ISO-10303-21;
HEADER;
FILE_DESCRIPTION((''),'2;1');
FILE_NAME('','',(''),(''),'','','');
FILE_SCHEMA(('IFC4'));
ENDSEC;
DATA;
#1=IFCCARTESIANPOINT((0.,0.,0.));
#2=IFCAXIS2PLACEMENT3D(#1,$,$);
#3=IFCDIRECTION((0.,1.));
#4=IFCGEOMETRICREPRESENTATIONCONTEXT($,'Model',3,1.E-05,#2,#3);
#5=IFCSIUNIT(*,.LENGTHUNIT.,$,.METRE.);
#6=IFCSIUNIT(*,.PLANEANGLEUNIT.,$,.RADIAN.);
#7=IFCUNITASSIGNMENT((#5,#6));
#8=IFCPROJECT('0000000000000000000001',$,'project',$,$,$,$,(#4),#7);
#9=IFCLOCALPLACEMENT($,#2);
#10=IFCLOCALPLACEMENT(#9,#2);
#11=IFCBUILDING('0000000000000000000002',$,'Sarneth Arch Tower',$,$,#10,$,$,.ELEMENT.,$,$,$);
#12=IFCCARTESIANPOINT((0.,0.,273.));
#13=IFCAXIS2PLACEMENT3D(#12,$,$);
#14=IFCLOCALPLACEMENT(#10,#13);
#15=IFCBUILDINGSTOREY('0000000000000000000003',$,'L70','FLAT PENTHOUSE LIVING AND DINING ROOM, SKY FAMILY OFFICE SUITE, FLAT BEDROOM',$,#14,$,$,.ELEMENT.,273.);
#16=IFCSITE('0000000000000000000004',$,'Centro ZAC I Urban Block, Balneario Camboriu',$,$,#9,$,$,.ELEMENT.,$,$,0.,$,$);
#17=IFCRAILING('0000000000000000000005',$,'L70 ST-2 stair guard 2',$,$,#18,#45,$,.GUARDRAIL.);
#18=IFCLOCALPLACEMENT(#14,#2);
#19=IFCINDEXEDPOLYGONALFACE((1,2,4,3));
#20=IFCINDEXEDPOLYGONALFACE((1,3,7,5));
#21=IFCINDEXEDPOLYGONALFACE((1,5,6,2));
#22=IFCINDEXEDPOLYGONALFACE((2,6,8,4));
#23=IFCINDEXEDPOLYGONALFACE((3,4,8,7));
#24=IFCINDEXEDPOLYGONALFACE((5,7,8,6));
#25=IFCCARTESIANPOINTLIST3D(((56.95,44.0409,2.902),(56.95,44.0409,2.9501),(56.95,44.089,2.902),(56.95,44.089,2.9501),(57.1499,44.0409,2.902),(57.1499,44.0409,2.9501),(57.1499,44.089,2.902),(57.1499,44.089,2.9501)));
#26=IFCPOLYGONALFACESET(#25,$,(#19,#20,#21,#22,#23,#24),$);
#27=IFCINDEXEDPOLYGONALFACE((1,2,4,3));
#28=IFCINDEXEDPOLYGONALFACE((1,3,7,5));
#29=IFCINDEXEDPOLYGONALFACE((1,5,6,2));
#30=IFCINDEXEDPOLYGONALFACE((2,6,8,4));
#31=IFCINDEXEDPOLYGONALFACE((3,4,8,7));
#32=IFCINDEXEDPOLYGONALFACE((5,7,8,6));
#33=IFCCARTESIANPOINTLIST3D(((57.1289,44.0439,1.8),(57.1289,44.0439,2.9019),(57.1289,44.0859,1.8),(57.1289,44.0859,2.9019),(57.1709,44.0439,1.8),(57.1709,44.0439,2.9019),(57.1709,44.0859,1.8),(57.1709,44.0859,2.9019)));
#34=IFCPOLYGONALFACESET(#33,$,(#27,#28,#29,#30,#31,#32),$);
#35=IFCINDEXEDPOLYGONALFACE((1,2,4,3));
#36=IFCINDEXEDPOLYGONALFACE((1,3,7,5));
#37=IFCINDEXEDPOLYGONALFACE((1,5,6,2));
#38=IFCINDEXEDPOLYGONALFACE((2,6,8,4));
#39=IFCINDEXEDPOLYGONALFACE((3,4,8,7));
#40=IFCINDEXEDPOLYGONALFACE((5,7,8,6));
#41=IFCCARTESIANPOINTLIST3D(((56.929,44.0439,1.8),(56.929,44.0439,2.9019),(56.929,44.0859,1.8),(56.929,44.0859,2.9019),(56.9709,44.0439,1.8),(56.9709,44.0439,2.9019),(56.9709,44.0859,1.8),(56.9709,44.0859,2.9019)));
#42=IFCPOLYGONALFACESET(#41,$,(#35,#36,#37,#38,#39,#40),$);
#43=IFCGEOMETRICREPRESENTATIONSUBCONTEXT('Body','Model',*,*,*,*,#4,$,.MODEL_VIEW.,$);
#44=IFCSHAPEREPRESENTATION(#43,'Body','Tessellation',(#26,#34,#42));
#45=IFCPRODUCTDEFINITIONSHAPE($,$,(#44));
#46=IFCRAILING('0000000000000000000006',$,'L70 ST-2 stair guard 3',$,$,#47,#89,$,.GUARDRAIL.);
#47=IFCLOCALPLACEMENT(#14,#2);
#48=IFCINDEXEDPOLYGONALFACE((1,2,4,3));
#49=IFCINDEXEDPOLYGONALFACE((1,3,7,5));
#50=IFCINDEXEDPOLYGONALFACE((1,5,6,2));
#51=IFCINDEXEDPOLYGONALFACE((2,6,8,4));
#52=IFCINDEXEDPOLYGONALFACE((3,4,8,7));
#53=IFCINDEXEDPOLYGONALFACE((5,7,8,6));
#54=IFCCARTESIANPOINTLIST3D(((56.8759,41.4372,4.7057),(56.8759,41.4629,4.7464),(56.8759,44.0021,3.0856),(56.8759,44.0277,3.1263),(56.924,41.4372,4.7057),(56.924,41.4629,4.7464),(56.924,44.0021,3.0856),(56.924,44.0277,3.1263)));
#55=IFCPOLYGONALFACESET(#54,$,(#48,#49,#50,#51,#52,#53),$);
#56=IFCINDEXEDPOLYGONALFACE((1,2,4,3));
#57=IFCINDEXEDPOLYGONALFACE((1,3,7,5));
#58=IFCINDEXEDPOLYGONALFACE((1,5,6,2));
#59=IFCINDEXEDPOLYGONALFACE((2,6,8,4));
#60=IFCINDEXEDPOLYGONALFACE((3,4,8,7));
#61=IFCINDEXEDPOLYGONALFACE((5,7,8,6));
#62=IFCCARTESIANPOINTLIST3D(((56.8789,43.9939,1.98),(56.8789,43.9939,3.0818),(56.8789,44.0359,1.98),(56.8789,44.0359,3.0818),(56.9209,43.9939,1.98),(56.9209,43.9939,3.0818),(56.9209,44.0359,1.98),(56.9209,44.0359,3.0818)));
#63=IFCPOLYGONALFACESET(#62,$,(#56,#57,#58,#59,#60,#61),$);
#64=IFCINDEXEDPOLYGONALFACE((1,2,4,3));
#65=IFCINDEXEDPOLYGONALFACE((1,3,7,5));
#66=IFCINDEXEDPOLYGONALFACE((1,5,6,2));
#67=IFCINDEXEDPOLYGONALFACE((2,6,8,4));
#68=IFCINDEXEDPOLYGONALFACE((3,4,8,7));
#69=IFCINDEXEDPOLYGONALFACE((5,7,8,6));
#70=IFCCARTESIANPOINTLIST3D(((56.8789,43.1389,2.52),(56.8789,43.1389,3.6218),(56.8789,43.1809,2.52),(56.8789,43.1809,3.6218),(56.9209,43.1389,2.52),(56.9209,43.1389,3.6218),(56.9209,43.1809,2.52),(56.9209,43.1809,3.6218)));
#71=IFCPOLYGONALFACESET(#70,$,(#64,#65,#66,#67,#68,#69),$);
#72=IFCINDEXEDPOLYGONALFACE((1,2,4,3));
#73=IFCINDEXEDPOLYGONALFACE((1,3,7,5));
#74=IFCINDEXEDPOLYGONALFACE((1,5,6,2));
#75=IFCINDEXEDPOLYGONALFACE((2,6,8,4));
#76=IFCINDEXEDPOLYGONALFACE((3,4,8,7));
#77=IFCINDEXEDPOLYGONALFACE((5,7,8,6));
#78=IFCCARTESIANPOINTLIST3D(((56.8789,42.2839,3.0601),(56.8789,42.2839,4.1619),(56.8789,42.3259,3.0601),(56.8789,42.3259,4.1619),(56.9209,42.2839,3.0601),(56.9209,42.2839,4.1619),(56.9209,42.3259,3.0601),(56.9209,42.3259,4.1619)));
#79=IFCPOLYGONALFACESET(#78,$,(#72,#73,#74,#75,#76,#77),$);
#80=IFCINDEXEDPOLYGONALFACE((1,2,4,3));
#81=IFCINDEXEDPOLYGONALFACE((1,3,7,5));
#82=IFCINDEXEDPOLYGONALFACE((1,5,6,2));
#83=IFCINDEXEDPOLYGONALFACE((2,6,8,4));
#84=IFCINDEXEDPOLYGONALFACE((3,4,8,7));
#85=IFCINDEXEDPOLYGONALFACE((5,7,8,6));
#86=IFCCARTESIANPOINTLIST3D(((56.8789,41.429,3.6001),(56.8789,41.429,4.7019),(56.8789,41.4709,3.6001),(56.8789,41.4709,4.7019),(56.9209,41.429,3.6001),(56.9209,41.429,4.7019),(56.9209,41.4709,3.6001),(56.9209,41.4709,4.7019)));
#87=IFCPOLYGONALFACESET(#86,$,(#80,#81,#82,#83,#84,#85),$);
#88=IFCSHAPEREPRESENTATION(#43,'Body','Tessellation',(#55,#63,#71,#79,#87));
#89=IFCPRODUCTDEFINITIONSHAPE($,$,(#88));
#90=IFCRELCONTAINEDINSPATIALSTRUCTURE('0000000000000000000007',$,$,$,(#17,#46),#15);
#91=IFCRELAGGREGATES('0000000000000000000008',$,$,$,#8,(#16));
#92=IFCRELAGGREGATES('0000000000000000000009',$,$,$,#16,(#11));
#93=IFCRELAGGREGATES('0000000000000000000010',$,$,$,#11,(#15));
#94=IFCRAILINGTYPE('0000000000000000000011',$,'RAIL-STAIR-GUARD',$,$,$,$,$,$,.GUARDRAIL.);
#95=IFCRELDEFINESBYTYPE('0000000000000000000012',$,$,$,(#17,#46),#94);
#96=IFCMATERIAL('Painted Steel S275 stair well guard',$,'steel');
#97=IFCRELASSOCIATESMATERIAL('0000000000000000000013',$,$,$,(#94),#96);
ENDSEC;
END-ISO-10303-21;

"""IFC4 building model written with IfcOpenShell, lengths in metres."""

from ifc_helpers import new_model, si_unit, direction, frame, origin, origin_2d, place, context, subcontext, project, spatial, rectangle, extrude, material, type_object, element, save


model = new_model("IFC4")

# Units and contexts
model_context = context("Model", 3, precision=1e-05, world=origin(), true_north=direction((0.0, 1.0)))
body_context = subcontext(model_context, "Body", "Model", "MODEL_VIEW")
ifc_project = project(units=[si_unit("LENGTHUNIT", "METRE"), si_unit("PLANEANGLEUNIT", "RADIAN")], contexts=[model_context])

# Site, building, storey
site_placement = place(None, origin())
site = spatial("IfcSite", under=ifc_project, at=site_placement, Name="Centro ZAC I Urban Block, Balneario Camboriu", CompositionType="ELEMENT", RefElevation=0.0)
building_placement = place(site_placement, origin())
building = spatial("IfcBuilding", under=site, at=building_placement, Name="Sarneth Arch Tower", CompositionType="ELEMENT")
storey_placement = place(building_placement, frame((0.0, 0.0, 273.0)))
storey = spatial("IfcBuildingStorey", under=building, at=storey_placement, Name="L70", Description="FLAT PENTHOUSE LIVING AND DINING ROOM, SKY FAMILY OFFICE SUITE, FLAT BEDROOM", CompositionType="ELEMENT", Elevation=273.0)

# Railings
ifc_material_1 = material(Name="Painted Steel S275 stair well guard", Category="steel")
railing_type_1 = type_object("IfcRailingType", Name="RAIL-STAIR-GUARD", PredefinedType="GUARDRAIL", material=ifc_material_1)
railing_1_placement = place(storey_placement, frame((57.1499, 44.0649, 1.8)))
element("IfcRailing", 1, at=railing_1_placement, inside=storey, type_object=railing_type_1, Name="L70 ST-2 stair guard 2", PredefinedType="GUARDRAIL", context=body_context, shape_type="SweptSolid", body=[
    extrude(rectangle(XDim=0.0481, YDim=0.0481, at=origin_2d()), frame((0.0, 0.0, 1.126), z_axis=(-1.0, 0.0, 0.0), x_axis=(0.0, -1.0, 0.0)), (0.0, 0.0, 1.0), 0.2),
    extrude(rectangle(XDim=0.042, YDim=0.042, at=origin_2d()), origin(), (0.0, 0.0, 1.0), 1.1018),
    extrude(rectangle(XDim=0.042, YDim=0.042, at=origin_2d()), frame((-0.2, 0.0, 0.0)), (0.0, 0.0, 1.0), 1.1018),
])
railing_2_placement = place(storey_placement, frame((56.8999, 44.0149, 1.98)))
element("IfcRailing", 2, at=railing_2_placement, inside=storey, type_object=railing_type_1, Name="L70 ST-2 stair guard 3", PredefinedType="GUARDRAIL", context=body_context, shape_type="SweptSolid", body=[
    extrude(rectangle(XDim=0.0481, YDim=0.0481, at=origin_2d()), frame((0.0, 0.0, 1.126), z_axis=(0.0, -0.845466, 0.534029), x_axis=(1.0, 0.0, 0.0)), (0.0, 0.0, 1.0), 3.0337),
    extrude(rectangle(XDim=0.042, YDim=0.042, at=origin_2d()), origin(), (0.0, 0.0, 1.0), 1.1018),
    extrude(rectangle(XDim=0.042, YDim=0.042, at=origin_2d()), frame((0.0, -0.855, 0.54)), (0.0, 0.0, 1.0), 1.1018),
    extrude(rectangle(XDim=0.042, YDim=0.042, at=origin_2d()), frame((0.0, -1.71, 1.0801)), (0.0, 0.0, 1.0), 1.1018),
    extrude(rectangle(XDim=0.042, YDim=0.042, at=origin_2d()), frame((0.0, -2.5649, 1.6201)), (0.0, 0.0, 1.0), 1.1018),
])

save(model, "model.ifc")
